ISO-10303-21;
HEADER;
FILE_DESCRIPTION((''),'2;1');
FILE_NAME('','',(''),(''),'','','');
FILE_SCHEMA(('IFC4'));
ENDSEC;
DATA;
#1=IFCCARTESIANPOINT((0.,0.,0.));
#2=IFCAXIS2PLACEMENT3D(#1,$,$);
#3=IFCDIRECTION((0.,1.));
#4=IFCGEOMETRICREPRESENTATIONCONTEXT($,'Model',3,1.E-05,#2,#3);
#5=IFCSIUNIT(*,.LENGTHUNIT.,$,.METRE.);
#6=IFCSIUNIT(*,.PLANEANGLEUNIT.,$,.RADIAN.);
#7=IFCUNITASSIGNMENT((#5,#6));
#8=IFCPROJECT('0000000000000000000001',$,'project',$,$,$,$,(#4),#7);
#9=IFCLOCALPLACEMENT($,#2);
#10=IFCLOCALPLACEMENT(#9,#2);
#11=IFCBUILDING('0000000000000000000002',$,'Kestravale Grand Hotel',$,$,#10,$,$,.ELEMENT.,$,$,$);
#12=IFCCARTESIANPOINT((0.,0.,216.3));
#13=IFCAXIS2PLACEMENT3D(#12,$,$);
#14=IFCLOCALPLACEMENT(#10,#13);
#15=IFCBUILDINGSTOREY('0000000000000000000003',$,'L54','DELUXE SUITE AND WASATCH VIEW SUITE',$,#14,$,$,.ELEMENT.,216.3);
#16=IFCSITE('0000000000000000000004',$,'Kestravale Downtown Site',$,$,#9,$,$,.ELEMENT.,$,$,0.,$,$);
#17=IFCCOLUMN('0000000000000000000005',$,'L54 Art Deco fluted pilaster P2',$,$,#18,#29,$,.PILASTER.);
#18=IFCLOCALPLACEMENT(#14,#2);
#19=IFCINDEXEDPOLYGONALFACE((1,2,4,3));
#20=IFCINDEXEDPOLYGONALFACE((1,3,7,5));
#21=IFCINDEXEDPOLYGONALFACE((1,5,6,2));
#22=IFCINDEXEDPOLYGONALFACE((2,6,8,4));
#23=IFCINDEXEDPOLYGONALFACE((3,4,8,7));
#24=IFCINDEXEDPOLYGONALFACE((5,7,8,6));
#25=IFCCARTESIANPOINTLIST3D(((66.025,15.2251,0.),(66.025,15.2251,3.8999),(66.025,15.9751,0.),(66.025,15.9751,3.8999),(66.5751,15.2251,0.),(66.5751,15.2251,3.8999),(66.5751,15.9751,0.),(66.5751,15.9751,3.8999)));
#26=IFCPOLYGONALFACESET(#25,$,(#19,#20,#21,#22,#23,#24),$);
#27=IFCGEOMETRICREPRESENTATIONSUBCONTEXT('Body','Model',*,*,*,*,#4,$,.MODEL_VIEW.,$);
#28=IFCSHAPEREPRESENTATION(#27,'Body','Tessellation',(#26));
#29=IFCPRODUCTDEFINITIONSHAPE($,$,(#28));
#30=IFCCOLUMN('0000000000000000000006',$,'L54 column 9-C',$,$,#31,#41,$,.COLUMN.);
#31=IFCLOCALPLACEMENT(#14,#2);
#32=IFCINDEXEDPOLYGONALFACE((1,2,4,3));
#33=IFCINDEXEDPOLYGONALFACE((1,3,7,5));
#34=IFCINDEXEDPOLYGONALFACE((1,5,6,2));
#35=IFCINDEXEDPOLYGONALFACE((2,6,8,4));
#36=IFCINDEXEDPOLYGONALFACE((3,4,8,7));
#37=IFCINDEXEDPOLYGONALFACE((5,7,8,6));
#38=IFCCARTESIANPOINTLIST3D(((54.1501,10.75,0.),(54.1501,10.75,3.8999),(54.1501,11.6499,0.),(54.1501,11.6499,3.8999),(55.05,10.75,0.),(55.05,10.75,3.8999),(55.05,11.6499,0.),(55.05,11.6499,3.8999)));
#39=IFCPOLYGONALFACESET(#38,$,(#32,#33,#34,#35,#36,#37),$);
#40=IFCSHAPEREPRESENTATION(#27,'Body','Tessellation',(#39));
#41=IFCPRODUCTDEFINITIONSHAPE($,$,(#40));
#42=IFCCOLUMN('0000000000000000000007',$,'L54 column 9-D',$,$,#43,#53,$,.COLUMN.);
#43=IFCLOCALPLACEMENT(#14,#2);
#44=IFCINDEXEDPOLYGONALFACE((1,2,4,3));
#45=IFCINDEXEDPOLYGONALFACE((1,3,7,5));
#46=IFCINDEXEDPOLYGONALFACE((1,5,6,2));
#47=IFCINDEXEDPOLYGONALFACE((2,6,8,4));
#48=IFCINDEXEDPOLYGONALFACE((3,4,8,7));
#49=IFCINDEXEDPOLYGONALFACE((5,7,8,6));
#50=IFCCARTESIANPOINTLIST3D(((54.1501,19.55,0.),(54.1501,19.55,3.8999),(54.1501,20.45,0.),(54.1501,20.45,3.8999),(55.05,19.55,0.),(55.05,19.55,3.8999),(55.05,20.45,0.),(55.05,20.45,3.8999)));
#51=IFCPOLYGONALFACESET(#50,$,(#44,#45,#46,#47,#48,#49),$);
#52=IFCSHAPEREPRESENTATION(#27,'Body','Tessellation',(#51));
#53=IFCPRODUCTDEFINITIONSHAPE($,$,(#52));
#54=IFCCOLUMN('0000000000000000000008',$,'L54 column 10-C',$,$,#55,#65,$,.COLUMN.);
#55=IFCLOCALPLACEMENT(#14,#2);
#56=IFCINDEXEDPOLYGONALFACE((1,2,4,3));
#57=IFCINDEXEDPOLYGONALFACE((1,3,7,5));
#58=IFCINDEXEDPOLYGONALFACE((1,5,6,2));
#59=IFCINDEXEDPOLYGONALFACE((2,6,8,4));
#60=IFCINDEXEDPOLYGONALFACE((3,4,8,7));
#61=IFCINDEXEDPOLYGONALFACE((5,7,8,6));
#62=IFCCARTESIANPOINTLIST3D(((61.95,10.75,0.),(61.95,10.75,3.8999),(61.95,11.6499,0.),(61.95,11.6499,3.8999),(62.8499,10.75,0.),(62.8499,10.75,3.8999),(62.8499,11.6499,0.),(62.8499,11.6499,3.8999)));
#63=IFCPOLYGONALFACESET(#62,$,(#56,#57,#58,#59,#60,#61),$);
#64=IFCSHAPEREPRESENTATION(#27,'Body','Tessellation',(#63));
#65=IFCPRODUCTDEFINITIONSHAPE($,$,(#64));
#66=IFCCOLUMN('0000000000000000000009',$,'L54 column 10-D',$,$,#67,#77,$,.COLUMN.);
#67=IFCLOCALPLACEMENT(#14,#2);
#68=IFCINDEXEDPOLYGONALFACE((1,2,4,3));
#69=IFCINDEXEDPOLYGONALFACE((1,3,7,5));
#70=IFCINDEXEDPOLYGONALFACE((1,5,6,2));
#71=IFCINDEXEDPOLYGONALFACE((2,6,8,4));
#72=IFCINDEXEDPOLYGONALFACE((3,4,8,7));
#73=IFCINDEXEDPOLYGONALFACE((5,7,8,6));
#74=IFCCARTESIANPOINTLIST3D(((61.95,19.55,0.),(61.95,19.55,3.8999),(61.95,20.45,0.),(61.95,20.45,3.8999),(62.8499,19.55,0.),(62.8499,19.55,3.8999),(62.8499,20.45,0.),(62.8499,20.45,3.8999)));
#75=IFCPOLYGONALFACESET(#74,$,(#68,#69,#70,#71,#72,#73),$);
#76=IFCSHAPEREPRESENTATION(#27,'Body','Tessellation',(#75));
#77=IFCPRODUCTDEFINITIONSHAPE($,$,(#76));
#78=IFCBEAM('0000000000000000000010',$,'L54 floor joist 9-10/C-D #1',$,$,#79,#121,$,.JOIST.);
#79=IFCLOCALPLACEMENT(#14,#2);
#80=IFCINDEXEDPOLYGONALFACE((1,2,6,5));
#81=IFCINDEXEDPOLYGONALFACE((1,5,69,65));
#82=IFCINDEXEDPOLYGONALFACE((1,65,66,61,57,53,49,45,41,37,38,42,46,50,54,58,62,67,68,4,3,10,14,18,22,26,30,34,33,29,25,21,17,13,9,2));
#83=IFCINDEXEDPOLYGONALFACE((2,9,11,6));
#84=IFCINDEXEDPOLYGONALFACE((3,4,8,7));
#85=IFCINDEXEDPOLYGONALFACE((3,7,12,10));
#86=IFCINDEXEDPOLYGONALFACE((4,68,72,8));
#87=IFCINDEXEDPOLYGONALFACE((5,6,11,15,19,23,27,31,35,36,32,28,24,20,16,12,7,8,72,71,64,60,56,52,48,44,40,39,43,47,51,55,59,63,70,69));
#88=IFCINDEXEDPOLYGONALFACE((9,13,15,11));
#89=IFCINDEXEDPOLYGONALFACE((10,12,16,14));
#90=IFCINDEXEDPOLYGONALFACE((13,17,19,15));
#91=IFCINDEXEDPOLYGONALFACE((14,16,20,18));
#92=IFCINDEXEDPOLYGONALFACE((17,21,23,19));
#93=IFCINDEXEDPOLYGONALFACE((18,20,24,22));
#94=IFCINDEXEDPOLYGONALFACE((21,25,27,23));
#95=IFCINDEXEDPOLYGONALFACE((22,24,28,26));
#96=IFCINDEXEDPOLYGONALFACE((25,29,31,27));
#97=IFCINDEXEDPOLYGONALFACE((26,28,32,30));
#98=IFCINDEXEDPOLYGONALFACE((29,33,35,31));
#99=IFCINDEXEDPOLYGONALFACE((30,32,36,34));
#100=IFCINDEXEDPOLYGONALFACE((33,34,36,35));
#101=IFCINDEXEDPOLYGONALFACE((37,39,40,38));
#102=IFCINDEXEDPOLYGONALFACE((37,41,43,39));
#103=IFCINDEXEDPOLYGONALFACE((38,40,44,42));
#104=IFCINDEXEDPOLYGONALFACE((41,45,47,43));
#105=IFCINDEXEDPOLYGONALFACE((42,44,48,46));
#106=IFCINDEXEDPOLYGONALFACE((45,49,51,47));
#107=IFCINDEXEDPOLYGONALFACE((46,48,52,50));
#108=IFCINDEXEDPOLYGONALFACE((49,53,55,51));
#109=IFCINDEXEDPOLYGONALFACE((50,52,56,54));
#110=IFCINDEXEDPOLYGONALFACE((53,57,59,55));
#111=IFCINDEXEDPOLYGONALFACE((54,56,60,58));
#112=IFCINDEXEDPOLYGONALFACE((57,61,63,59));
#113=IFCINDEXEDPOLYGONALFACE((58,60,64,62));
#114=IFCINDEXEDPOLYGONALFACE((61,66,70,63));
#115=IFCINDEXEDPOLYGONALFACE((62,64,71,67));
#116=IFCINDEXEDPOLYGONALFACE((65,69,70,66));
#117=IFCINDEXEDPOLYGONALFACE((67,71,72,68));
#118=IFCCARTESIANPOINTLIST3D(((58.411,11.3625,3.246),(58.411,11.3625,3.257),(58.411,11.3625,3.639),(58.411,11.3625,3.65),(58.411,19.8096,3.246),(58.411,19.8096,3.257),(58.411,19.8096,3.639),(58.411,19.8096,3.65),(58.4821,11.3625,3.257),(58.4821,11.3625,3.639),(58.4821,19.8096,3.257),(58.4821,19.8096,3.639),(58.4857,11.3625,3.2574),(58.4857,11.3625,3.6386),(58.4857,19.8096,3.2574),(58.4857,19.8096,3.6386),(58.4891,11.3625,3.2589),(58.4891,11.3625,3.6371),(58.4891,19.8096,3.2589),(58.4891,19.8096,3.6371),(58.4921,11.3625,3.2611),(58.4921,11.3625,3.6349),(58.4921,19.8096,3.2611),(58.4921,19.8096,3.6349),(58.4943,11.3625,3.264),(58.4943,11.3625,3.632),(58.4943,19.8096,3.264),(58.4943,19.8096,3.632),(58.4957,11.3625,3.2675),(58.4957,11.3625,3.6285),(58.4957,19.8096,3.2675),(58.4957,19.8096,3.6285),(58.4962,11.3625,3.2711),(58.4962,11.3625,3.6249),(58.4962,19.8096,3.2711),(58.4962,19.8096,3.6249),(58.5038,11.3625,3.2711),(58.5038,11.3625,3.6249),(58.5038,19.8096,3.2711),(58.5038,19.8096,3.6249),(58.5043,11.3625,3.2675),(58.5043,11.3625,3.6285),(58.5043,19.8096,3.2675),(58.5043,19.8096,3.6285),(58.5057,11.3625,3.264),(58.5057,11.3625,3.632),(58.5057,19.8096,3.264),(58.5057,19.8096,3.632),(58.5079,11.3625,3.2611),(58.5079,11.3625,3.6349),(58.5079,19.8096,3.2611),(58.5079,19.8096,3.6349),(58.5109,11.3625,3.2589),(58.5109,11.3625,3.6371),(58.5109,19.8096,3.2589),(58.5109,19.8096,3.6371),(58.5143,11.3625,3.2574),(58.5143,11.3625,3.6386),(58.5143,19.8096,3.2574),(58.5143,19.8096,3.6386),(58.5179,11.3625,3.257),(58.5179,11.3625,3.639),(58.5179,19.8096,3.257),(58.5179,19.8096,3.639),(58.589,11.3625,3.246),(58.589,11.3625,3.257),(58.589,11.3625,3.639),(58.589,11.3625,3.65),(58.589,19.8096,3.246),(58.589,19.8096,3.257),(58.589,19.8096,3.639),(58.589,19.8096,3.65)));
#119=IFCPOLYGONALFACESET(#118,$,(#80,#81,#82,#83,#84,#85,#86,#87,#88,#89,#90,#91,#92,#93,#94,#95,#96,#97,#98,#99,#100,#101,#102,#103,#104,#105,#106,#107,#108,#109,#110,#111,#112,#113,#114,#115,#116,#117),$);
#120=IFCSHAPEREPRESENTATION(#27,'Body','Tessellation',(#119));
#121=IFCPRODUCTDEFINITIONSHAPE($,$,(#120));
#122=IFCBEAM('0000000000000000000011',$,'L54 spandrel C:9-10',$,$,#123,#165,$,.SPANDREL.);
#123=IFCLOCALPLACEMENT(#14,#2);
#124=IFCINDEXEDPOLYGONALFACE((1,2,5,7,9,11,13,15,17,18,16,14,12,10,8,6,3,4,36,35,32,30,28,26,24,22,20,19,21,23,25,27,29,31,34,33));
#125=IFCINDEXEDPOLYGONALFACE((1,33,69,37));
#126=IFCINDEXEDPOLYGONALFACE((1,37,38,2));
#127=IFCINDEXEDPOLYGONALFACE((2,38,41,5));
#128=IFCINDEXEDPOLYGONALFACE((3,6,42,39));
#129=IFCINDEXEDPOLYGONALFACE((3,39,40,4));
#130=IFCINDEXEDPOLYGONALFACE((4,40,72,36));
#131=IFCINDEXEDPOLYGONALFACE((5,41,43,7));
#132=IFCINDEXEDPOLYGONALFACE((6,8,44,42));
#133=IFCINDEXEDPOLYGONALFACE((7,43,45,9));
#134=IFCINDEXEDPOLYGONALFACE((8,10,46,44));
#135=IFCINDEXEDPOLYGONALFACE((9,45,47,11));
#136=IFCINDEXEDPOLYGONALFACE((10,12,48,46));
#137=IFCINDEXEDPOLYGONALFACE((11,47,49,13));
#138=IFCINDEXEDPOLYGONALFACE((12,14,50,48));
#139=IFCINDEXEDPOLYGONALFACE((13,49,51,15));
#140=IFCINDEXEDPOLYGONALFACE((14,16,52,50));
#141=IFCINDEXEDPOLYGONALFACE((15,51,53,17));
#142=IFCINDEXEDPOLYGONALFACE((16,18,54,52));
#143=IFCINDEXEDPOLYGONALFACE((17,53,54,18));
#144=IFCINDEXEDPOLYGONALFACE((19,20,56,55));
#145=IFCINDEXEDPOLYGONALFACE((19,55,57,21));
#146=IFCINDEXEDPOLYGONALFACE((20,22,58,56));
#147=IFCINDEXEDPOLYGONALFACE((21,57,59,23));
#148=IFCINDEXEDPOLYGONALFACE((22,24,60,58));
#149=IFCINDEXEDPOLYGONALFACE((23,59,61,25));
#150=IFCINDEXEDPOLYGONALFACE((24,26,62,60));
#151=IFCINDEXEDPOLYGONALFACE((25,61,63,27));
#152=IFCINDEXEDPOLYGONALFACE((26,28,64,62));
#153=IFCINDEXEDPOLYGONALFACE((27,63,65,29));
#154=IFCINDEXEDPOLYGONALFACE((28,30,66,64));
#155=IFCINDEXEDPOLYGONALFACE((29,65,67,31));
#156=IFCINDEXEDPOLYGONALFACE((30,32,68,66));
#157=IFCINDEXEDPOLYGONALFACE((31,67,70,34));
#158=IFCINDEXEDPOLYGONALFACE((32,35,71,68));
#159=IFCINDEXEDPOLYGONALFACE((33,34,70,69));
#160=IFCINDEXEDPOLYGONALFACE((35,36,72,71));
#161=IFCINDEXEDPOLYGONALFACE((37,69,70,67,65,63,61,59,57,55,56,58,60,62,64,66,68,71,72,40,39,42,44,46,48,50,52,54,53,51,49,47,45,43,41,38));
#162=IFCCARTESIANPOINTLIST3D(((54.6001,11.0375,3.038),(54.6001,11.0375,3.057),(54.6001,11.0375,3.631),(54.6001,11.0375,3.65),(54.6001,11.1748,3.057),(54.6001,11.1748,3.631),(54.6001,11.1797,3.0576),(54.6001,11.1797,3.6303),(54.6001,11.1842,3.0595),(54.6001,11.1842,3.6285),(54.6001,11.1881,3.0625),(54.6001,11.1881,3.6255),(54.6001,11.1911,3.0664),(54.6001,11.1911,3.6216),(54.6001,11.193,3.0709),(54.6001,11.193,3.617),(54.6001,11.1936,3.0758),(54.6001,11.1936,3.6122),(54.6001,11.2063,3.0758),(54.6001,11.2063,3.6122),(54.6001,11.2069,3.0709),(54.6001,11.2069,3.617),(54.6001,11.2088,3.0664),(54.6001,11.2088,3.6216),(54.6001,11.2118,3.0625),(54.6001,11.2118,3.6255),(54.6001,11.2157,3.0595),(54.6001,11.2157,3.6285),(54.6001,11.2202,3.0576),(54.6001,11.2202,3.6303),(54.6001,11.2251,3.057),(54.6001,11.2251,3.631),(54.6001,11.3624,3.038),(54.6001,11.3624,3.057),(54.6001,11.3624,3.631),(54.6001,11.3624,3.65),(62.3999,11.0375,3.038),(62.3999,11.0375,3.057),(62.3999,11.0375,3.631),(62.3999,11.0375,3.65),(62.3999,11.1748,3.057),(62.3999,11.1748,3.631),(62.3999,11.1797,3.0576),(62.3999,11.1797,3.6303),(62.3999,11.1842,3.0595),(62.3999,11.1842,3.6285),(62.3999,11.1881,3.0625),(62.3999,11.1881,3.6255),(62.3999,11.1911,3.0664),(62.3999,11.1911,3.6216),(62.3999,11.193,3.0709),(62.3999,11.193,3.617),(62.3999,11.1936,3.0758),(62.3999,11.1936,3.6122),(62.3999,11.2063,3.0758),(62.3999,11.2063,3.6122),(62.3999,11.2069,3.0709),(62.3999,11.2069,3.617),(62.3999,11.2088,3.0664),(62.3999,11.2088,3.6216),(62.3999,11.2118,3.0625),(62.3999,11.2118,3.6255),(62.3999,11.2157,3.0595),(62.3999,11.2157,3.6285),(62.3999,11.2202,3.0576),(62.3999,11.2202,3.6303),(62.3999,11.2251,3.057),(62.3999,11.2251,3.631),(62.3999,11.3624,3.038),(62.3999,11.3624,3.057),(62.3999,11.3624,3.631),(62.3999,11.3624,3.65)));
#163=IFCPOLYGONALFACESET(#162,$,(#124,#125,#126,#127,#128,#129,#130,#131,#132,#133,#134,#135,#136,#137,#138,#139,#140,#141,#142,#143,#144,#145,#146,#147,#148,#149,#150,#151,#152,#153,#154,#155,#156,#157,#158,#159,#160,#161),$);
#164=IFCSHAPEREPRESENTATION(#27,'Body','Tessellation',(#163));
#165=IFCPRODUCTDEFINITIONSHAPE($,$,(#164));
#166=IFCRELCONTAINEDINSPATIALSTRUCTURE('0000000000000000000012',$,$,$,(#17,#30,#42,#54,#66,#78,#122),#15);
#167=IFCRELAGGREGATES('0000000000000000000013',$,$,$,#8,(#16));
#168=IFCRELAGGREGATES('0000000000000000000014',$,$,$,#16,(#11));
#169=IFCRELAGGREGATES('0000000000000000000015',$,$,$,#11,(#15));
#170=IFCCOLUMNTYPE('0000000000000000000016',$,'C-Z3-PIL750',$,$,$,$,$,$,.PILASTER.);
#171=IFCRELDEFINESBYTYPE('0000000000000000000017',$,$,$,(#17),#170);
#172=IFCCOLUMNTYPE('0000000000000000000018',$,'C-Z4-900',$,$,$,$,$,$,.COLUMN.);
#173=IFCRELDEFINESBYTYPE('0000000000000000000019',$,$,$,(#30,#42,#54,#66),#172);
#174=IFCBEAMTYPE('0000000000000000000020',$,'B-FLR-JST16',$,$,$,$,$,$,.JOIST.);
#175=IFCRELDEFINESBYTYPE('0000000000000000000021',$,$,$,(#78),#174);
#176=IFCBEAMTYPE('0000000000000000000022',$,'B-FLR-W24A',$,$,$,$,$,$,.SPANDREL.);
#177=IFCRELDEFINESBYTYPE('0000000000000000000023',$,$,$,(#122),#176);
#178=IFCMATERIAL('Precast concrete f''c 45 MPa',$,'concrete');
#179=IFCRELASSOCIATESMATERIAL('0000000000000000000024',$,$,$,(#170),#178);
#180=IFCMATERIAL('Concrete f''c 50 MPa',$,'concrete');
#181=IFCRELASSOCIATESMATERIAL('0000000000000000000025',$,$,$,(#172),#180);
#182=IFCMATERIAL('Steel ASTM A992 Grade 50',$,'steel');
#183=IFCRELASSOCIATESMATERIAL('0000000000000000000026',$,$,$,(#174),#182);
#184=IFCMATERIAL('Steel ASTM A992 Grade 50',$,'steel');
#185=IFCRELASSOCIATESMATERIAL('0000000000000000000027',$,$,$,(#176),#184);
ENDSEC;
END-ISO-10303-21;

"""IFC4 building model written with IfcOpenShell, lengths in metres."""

from ifc_helpers import new_model, si_unit, direction, frame, origin, origin_2d, place, context, subcontext, project, spatial, rectangle, i_section, extrude, material, material_profile, profile_set, type_object, element, save


model = new_model("IFC4")

# Units and contexts
model_context = context("Model", 3, precision=1e-05, world=origin(), true_north=direction((0.0, 1.0)))
body_context = subcontext(model_context, "Body", "Model", "MODEL_VIEW")
ifc_project = project(units=[si_unit("LENGTHUNIT", "METRE"), si_unit("PLANEANGLEUNIT", "RADIAN")], contexts=[model_context])

# Site, building, storey
site_placement = place(None, origin())
site = spatial("IfcSite", under=ifc_project, at=site_placement, Name="Kestravale Downtown Site", CompositionType="ELEMENT", RefElevation=0.0)
building_placement = place(site_placement, origin())
building = spatial("IfcBuilding", under=site, at=building_placement, Name="Kestravale Grand Hotel", CompositionType="ELEMENT")
storey_placement = place(building_placement, frame((0.0, 0.0, 216.3)))
storey = spatial("IfcBuildingStorey", under=building, at=storey_placement, Name="L54", Description="DELUXE SUITE AND WASATCH VIEW SUITE", CompositionType="ELEMENT", Elevation=216.3)

# Columns
ifc_material_1 = material(Name="Precast concrete f'c 45 MPa", Category="concrete")
ifc_material_profile_1 = material_profile(ifc_material_1, rectangle(XDim=0.55, YDim=0.75, at=origin_2d()))
ifc_profile_set_1 = profile_set([ifc_material_profile_1], Name="Precast concrete f'c 45 MPa")
column_type_1 = type_object("IfcColumnType", Name="C-Z3-PIL750", PredefinedType="PILASTER", material=ifc_profile_set_1)
column_placement = place(storey_placement, frame((66.3, 15.6001, 0.0), z_axis=(0.0, 0.0, 1.0), x_axis=(1.0, 0.0, 0.0)))
element("IfcColumn", 1, at=column_placement, inside=storey, type_object=column_type_1, Name="L54 Art Deco fluted pilaster P2", PredefinedType="PILASTER", context=body_context, shape_type="SweptSolid", body=[
    extrude(rectangle(XDim=0.55, YDim=0.75, at=origin_2d()), origin(), (0.0, 0.0, 1.0), 3.8999),
])
ifc_material_2 = material(Name="Concrete f'c 50 MPa", Category="concrete")
ifc_material_profile_2 = material_profile(ifc_material_2, rectangle(XDim=0.8999, YDim=0.8999, at=origin_2d()))
ifc_profile_set_2 = profile_set([ifc_material_profile_2], Name="Concrete f'c 50 MPa")
column_type_2 = type_object("IfcColumnType", Name="C-Z4-900", PredefinedType="COLUMN", material=ifc_profile_set_2)
for number, where, z_axis, x_axis, name in (
    (2, (54.6001, 11.2, 0.0), (0.0, 0.0, 1.0), (1.0, 0.0, 0.0), "L54 column 9-C"),
    (3, (54.6001, 20.0, 0.0), (0.0, 0.0, 1.0), (1.0, 0.0, 0.0), "L54 column 9-D"),
    (4, (62.3999, 11.2, 0.0), (0.0, 0.0, 1.0), (1.0, 0.0, 0.0), "L54 column 10-C"),
    (5, (62.3999, 20.0, 0.0), (0.0, 0.0, 1.0), (1.0, 0.0, 0.0), "L54 column 10-D"),
):
    element("IfcColumn", number, at=place(storey_placement, frame(where, z_axis=z_axis, x_axis=x_axis)), inside=storey, type_object=column_type_2, Name=name, PredefinedType="COLUMN", context=body_context, shape_type="SweptSolid", body=[
        extrude(rectangle(XDim=0.8999, YDim=0.8999, at=origin_2d()), origin(), (0.0, 0.0, 1.0), 3.8999),
    ])

# Beams
ifc_material_3 = material(Name="Steel ASTM A992 Grade 50", Category="steel")
ifc_material_profile_3 = material_profile(ifc_material_3, i_section(OverallWidth=0.178, OverallDepth=0.4041, WebThickness=0.0076, FlangeThickness=0.011, FilletRadius=0.0142, at=origin_2d()))
ifc_profile_set_3 = profile_set([ifc_material_profile_3], Name="Steel ASTM A992 Grade 50")
beam_type_1 = type_object("IfcBeamType", Name="B-FLR-JST16", PredefinedType="JOIST", material=ifc_profile_set_3)
beam_1_placement = place(storey_placement, frame((58.5, 11.3625, 3.448), z_axis=(0.0, 1.0, 0.0), x_axis=(-1.0, 0.0, 0.0)))
element("IfcBeam", 6, at=beam_1_placement, inside=storey, type_object=beam_type_1, Name="L54 floor joist 9-10/C-D #1", PredefinedType="JOIST", context=body_context, shape_type="SweptSolid", body=[
    extrude(i_section(OverallWidth=0.178, OverallDepth=0.4041, WebThickness=0.0076, FlangeThickness=0.011, FilletRadius=0.0142, at=origin_2d()), origin(), (0.0, 0.0, 1.0), 8.447),
])
ifc_material_4 = material(Name="Steel ASTM A992 Grade 50", Category="steel")
ifc_material_profile_4 = material_profile(ifc_material_4, i_section(OverallWidth=0.325, OverallDepth=0.6121, WebThickness=0.0127, FlangeThickness=0.019, FilletRadius=0.0188, at=origin_2d()))
ifc_profile_set_4 = profile_set([ifc_material_profile_4], Name="Steel ASTM A992 Grade 50")
beam_type_2 = type_object("IfcBeamType", Name="B-FLR-W24A", PredefinedType="SPANDREL", material=ifc_profile_set_4)
beam_2_placement = place(storey_placement, frame((54.6001, 11.2, 3.344), z_axis=(1.0, 0.0, 0.0), x_axis=(0.0, 1.0, 0.0)))
element("IfcBeam", 7, at=beam_2_placement, inside=storey, type_object=beam_type_2, Name="L54 spandrel C:9-10", PredefinedType="SPANDREL", context=body_context, shape_type="SweptSolid", body=[
    extrude(i_section(OverallWidth=0.325, OverallDepth=0.6121, WebThickness=0.0127, FlangeThickness=0.019, FilletRadius=0.0188, at=origin_2d()), origin(), (0.0, 0.0, 1.0), 7.7998),
])

save(model, "model.ifc")
